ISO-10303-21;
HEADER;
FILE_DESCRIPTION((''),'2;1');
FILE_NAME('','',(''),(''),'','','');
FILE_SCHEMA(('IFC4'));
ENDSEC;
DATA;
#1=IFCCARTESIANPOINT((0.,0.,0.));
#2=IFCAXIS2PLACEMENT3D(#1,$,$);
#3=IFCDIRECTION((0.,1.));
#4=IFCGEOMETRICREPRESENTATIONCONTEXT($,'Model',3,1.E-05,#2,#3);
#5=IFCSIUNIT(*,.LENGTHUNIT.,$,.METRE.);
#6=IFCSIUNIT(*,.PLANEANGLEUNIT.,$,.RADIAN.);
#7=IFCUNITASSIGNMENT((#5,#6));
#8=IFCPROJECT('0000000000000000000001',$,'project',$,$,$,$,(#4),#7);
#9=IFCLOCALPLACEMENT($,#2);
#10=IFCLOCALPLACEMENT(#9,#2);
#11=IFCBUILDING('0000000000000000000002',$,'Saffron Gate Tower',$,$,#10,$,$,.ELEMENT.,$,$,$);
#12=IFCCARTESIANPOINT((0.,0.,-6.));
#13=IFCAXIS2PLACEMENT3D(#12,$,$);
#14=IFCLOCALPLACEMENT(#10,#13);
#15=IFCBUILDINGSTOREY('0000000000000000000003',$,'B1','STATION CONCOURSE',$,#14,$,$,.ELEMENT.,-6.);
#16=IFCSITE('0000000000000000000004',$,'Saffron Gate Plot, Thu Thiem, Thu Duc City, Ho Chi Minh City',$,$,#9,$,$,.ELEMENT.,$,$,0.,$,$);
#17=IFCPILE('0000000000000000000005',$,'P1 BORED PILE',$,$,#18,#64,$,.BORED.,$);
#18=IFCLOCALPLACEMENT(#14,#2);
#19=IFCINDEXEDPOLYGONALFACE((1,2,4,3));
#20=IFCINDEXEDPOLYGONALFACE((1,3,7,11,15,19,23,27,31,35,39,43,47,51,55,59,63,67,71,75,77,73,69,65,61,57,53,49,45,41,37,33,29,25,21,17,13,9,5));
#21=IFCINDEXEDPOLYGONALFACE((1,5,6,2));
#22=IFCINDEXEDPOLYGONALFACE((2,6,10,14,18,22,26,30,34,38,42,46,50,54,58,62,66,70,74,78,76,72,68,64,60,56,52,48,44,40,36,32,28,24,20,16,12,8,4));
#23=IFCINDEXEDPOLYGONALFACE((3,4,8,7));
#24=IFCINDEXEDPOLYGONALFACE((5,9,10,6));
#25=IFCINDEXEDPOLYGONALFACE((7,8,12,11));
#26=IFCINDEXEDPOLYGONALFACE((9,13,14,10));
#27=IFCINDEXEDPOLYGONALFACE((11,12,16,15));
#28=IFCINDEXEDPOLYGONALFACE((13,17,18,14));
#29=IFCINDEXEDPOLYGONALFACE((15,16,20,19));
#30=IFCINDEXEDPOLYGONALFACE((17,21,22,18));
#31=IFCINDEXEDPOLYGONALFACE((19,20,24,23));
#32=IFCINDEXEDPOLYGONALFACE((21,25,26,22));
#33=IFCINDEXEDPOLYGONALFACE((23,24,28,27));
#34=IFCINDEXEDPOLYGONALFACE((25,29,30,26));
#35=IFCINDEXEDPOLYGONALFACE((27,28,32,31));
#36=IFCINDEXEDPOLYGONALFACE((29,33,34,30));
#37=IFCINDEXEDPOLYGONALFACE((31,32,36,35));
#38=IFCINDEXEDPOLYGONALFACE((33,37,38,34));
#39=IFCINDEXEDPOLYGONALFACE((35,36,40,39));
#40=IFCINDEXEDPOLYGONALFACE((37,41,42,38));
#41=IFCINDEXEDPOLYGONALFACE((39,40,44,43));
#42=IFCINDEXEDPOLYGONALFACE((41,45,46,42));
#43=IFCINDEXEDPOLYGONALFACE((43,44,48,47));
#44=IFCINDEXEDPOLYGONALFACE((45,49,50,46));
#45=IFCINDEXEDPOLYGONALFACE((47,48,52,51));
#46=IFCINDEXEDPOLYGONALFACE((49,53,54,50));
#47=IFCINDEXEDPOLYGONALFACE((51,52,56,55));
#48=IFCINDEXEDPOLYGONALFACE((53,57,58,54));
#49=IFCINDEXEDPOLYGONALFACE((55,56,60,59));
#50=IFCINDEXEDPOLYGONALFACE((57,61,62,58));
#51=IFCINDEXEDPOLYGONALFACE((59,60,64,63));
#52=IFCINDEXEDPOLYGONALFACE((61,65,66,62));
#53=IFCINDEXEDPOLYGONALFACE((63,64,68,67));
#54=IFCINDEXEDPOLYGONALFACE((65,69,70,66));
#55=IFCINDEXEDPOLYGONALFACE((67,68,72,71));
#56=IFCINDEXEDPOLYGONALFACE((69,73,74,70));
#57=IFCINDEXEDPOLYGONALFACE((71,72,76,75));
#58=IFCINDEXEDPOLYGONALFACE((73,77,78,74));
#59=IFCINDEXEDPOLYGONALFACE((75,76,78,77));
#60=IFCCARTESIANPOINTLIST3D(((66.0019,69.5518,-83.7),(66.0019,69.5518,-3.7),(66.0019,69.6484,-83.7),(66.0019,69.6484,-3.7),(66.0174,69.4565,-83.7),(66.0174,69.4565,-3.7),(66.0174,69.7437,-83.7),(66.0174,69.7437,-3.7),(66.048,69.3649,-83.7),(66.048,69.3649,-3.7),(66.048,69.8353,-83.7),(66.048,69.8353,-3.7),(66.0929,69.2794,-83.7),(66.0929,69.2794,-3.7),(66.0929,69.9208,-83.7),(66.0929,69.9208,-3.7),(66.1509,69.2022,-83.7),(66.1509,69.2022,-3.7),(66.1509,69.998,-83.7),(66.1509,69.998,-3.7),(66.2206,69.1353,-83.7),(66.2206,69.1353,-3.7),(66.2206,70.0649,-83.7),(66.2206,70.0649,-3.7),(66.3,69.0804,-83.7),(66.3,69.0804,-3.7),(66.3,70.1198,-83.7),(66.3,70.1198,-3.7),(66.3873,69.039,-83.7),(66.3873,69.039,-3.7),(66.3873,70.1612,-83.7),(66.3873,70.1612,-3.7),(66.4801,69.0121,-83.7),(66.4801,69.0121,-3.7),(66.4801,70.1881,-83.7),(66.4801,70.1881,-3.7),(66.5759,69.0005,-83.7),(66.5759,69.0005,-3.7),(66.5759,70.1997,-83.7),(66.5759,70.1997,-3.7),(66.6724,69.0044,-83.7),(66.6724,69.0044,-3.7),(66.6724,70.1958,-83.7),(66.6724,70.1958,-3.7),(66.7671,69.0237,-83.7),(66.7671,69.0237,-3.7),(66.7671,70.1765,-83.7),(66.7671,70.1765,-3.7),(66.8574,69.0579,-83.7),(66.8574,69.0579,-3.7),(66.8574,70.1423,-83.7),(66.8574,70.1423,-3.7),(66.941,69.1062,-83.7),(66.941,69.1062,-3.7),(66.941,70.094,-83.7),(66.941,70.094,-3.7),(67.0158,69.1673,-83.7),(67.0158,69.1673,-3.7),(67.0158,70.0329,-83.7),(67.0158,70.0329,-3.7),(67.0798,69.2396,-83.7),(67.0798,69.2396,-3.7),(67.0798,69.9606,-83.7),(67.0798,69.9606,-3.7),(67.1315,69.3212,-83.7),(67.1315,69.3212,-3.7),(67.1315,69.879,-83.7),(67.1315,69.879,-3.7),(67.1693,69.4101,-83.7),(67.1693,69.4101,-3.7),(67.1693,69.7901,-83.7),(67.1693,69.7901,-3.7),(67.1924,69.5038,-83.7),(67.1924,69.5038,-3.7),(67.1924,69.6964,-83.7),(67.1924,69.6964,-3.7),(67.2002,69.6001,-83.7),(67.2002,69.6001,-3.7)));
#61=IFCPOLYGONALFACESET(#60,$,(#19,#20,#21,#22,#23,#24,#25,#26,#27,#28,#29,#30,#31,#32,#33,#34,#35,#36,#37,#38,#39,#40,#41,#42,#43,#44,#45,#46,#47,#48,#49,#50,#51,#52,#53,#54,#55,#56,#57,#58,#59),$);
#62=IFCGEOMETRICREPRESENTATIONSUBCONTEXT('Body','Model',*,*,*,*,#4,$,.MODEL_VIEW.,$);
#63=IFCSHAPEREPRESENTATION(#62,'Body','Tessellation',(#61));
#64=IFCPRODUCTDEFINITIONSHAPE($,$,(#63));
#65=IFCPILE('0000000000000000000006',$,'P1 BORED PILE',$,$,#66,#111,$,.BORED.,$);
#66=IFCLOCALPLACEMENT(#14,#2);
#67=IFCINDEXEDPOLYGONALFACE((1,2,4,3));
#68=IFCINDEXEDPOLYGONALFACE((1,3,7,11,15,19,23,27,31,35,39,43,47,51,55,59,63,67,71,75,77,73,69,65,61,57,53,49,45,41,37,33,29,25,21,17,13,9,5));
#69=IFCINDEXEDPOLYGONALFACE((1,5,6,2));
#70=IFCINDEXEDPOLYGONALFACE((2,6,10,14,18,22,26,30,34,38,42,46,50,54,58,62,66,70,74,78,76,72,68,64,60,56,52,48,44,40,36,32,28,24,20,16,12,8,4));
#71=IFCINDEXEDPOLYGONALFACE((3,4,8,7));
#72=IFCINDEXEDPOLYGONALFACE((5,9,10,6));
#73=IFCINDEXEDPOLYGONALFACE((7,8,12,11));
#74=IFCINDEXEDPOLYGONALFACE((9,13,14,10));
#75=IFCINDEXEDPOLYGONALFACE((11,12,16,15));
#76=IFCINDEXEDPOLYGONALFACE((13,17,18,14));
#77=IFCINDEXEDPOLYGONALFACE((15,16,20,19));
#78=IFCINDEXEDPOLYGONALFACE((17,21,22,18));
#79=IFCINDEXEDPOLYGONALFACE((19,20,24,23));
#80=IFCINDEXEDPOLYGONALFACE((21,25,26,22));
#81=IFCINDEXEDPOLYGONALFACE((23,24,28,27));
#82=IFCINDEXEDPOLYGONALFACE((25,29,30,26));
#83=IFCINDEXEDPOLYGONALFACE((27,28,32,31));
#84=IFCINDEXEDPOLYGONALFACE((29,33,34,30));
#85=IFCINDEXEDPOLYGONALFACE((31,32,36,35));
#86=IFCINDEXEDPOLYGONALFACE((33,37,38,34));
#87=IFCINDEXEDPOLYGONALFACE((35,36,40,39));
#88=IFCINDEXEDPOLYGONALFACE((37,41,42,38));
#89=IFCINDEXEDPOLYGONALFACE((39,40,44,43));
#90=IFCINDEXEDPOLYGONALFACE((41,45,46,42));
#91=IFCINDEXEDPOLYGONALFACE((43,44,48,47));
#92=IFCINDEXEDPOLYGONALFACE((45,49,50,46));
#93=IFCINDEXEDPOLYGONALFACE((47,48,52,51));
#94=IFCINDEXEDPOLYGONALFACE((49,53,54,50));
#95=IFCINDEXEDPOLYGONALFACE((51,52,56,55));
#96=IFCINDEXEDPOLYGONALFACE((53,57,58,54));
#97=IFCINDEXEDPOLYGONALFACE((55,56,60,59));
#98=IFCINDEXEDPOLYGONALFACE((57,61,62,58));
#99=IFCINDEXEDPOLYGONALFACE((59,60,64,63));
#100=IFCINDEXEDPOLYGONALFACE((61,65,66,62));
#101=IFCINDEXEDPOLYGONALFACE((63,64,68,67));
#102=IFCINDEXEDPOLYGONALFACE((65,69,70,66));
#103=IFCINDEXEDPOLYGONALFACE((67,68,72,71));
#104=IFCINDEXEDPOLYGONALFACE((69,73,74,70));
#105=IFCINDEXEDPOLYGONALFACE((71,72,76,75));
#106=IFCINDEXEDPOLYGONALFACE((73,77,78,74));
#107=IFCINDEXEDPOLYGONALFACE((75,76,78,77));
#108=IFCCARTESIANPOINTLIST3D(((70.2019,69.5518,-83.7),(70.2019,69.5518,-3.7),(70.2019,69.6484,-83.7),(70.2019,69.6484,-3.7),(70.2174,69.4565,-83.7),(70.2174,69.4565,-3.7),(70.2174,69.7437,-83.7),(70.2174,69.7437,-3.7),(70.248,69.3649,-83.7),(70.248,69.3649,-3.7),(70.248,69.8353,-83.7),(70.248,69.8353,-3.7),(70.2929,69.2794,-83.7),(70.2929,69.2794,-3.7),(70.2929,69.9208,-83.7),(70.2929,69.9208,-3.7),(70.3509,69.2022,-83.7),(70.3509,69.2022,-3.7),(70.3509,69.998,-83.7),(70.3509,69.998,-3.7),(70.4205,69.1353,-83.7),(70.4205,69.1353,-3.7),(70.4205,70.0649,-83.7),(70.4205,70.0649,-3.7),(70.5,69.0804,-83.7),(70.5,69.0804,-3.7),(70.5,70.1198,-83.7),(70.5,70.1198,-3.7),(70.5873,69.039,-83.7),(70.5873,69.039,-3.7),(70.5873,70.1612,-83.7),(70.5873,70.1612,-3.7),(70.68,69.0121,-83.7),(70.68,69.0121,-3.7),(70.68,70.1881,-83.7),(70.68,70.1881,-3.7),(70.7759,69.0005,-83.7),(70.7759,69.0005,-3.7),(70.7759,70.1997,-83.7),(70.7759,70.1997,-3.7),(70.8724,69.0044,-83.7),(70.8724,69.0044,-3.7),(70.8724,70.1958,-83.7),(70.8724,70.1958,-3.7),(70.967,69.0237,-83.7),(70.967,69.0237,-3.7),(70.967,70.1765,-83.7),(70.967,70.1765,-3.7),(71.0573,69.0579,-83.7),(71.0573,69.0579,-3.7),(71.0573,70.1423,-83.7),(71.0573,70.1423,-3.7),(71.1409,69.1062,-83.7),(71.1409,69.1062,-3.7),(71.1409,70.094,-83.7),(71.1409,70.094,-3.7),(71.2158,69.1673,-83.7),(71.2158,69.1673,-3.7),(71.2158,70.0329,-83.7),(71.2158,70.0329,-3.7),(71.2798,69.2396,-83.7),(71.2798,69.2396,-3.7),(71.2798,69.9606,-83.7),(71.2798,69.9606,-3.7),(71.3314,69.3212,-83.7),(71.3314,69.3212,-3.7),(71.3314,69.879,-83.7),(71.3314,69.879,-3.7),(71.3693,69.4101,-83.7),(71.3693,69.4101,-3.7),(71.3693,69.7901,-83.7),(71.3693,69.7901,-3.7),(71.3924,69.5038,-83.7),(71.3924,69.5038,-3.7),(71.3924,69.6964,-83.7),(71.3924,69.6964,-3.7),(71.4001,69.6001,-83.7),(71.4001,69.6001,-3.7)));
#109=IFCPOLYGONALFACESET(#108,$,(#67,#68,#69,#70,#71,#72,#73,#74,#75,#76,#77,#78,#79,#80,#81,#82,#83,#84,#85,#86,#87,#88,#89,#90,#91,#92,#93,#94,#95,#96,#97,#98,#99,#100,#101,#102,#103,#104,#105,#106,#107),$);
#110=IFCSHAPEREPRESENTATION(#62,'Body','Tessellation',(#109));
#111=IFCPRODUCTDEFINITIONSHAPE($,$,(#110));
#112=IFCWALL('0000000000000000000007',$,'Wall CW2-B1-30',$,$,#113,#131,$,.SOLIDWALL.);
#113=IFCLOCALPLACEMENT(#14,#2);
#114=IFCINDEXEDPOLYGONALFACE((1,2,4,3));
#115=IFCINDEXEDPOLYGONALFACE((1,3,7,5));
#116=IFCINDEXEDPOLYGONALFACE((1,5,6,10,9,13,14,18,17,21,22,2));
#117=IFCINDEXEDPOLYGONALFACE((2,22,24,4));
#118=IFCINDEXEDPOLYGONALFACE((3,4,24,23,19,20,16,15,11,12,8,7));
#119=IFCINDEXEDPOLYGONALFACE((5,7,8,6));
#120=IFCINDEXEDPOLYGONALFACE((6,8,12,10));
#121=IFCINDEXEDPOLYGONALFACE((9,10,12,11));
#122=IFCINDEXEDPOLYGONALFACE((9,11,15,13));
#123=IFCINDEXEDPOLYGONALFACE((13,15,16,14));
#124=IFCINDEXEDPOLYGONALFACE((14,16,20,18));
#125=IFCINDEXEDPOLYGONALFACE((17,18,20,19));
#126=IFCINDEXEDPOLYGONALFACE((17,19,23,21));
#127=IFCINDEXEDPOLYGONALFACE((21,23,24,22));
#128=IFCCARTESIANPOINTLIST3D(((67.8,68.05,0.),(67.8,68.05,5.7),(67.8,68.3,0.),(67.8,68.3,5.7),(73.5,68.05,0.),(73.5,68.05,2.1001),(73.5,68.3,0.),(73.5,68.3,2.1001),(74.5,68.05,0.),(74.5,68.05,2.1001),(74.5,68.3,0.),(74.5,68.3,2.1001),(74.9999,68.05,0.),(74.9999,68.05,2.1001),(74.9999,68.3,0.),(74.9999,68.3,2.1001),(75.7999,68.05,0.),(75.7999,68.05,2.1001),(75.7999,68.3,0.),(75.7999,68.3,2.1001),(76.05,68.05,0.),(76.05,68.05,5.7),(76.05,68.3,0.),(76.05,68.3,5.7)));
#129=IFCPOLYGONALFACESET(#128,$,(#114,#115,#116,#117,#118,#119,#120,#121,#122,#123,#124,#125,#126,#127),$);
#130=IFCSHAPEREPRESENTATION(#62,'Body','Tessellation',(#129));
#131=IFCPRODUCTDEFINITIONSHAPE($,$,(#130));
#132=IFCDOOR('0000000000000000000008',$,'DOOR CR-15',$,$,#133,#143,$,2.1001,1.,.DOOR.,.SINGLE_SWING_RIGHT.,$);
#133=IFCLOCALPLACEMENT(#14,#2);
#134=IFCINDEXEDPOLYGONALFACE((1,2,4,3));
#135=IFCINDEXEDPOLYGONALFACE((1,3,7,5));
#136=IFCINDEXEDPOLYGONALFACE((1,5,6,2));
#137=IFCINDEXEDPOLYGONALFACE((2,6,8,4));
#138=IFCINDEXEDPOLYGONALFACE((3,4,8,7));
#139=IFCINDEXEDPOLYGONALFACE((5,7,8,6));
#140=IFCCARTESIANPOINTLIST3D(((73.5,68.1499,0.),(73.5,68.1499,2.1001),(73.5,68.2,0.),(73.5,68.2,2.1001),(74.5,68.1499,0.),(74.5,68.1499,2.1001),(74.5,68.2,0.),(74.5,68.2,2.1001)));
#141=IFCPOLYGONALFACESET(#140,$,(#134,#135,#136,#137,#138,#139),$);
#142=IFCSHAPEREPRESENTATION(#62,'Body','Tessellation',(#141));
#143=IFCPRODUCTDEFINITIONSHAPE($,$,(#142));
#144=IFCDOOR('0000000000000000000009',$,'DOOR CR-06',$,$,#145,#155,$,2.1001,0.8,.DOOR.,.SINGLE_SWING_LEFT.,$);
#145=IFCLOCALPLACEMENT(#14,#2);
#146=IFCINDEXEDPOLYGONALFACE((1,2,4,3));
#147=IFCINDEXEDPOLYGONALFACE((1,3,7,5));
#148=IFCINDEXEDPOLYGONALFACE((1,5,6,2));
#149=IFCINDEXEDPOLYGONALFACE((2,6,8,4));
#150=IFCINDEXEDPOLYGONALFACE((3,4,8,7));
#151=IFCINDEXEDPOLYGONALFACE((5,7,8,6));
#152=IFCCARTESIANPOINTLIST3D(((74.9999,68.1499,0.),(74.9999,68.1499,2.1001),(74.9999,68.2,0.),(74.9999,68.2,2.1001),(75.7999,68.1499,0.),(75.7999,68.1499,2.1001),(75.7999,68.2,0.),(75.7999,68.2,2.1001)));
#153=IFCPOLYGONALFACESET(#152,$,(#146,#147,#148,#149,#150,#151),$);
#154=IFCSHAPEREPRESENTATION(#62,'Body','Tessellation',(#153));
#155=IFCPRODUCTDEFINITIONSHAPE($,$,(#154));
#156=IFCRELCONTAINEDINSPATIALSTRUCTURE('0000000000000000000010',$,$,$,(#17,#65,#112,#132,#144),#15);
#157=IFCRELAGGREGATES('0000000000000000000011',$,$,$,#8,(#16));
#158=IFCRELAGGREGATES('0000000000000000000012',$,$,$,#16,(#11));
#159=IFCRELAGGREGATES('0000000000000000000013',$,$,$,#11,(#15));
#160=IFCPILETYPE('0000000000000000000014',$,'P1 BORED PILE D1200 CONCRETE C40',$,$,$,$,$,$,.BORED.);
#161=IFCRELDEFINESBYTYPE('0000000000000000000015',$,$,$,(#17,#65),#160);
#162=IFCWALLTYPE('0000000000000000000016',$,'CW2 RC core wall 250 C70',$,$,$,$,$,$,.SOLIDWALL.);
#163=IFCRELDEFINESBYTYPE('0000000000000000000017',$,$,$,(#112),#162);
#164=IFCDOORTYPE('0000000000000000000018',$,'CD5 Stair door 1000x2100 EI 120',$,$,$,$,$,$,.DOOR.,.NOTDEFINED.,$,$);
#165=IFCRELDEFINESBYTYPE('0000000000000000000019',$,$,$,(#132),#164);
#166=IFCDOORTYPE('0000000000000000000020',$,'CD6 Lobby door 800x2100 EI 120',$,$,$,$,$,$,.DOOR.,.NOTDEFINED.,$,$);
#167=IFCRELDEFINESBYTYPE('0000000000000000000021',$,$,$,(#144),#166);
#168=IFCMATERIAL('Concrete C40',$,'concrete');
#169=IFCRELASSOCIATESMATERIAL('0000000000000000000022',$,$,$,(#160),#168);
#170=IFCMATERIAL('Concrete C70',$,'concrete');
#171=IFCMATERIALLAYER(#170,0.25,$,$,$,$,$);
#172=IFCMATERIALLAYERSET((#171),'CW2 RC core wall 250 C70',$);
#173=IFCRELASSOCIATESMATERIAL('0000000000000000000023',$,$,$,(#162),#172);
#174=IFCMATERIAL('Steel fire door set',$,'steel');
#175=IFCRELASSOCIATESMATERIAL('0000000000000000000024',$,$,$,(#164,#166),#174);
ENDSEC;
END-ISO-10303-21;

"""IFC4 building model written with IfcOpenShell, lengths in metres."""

from ifc_helpers import new_model, si_unit, direction, frame, frame_2d, origin, origin_2d, place, context, subcontext, project, spatial, rectangle, circle, extrude, material, layer, layer_set, material_profile, profile_set, type_object, element, fill, save


model = new_model("IFC4")

# Units and contexts
model_context = context("Model", 3, precision=1e-05, world=origin(), true_north=direction((0.0, 1.0)))
body_context = subcontext(model_context, "Body", "Model", "MODEL_VIEW")
ifc_project = project(units=[si_unit("LENGTHUNIT", "METRE"), si_unit("PLANEANGLEUNIT", "RADIAN")], contexts=[model_context])

# Site, building, storey
site_placement = place(None, origin())
site = spatial("IfcSite", under=ifc_project, at=site_placement, Name="Saffron Gate Plot, Thu Thiem, Thu Duc City, Ho Chi Minh City", CompositionType="ELEMENT", RefElevation=0.0)
building_placement = place(site_placement, origin())
building = spatial("IfcBuilding", under=site, at=building_placement, Name="Saffron Gate Tower", CompositionType="ELEMENT")
storey_placement = place(building_placement, frame((0.0, 0.0, -6.0)))
storey = spatial("IfcBuildingStorey", under=building, at=storey_placement, Name="B1", Description="STATION CONCOURSE", CompositionType="ELEMENT", Elevation=-6.0)

# Piles
ifc_material_1 = material(Name="Concrete C40", Category="concrete")
ifc_material_profile = material_profile(ifc_material_1, circle(Radius=0.6001, at=origin_2d()))
ifc_profile_set = profile_set([ifc_material_profile], Name="Concrete C40")
pile_type = type_object("IfcPileType", Name="P1 BORED PILE D1200 CONCRETE C40", PredefinedType="BORED", material=ifc_profile_set)
for number, where, z_axis, x_axis, name in (
    (1, (66.6001, 69.6001, -3.7), (0.0, 0.0, -1.0), (1.0, 0.0, 0.0), "P1 BORED PILE"),
    (2, (70.8, 69.6001, -3.7), (0.0, 0.0, -1.0), (1.0, 0.0, 0.0), "P1 BORED PILE"),
):
    element("IfcPile", number, at=place(storey_placement, frame(where, z_axis=z_axis, x_axis=x_axis)), inside=storey, type_object=pile_type, Name=name, PredefinedType="BORED", context=body_context, shape_type="SweptSolid", body=[
        extrude(circle(Radius=0.6001, at=origin_2d()), origin(), (0.0, 0.0, 1.0), 80.0),
    ])

# Wall, openings, doors
ifc_material_2 = material(Name="Concrete C70", Category="concrete")
ifc_layer_1 = layer(ifc_material_2, 0.25)
ifc_layer_set_1 = layer_set([ifc_layer_1], Name="CW2 RC core wall 250 C70")
wall_type_1 = type_object("IfcWallType", Name="CW2 RC core wall 250 C70", PredefinedType="SOLIDWALL", material=ifc_layer_set_1)
wall_1_placement = place(storey_placement, frame((67.8, 68.175, 0.0), z_axis=(0.0, 0.0, 1.0), x_axis=(1.0, 0.0, 0.0)))
wall_1 = element("IfcWall", 3, at=wall_1_placement, inside=storey, type_object=wall_type_1, Name="Wall CW2-B1-30", PredefinedType="SOLIDWALL", context=body_context, shape_type="SweptSolid", body=[
    extrude(rectangle(XDim=8.25, YDim=0.25, at=frame_2d((4.125, 0.0))), origin(), (0.0, 0.0, 1.0), 5.7),
])
opening_1_placement = place(wall_1_placement, frame((5.7, 0.0, 0.0)))
opening_1 = element("IfcOpeningElement", 4, at=opening_1_placement, cuts=wall_1, PredefinedType="OPENING", context=body_context, shape_type="SweptSolid", body=[
    extrude(rectangle(XDim=1.0, YDim=2.1001, at=frame_2d((0.5, 1.05))), frame((0.0, 0.135, 0.0), z_axis=(0.0, -1.0, 0.0), x_axis=(1.0, 0.0, 0.0)), (0.0, 0.0, 1.0), 0.27),
])
opening_2_placement = place(wall_1_placement, frame((7.2, 0.0, 0.0)))
opening_2 = element("IfcOpeningElement", 5, at=opening_2_placement, cuts=wall_1, PredefinedType="OPENING", context=body_context, shape_type="SweptSolid", body=[
    extrude(rectangle(XDim=0.8, YDim=2.1001, at=frame_2d((0.3999, 1.05))), frame((0.0, 0.135, 0.0), z_axis=(0.0, -1.0, 0.0), x_axis=(1.0, 0.0, 0.0)), (0.0, 0.0, 1.0), 0.27),
])
ifc_material_3 = material(Name="Steel fire door set", Category="steel")
door_type_1 = type_object("IfcDoorType", Name="CD5 Stair door 1000x2100 EI 120", OperationType="NOTDEFINED", PredefinedType="DOOR", material=ifc_material_3)
door_1_placement = place(opening_1_placement, origin())
door_1 = element("IfcDoor", 6, at=door_1_placement, inside=storey, type_object=door_type_1, Name="DOOR CR-15", OperationType="SINGLE_SWING_RIGHT", OverallHeight=2.1001, OverallWidth=1.0, PredefinedType="DOOR", context=body_context, shape_type="SweptSolid", body=[
    extrude(rectangle(XDim=1.0, YDim=2.1001, at=frame_2d((0.5, 1.05))), frame((0.0, 0.0249, 0.0), z_axis=(0.0, -1.0, 0.0), x_axis=(1.0, 0.0, 0.0)), (0.0, 0.0, 1.0), 0.05),
])
fill(opening_1, door_1)
door_type_2 = type_object("IfcDoorType", Name="CD6 Lobby door 800x2100 EI 120", OperationType="NOTDEFINED", PredefinedType="DOOR", material=ifc_material_3)
door_2_placement = place(opening_2_placement, origin())
door_2 = element("IfcDoor", 7, at=door_2_placement, inside=storey, type_object=door_type_2, Name="DOOR CR-06", OperationType="SINGLE_SWING_LEFT", OverallHeight=2.1001, OverallWidth=0.8, PredefinedType="DOOR", context=body_context, shape_type="SweptSolid", body=[
    extrude(rectangle(XDim=0.8, YDim=2.1001, at=frame_2d((0.3999, 1.05))), frame((0.0, 0.0249, 0.0), z_axis=(0.0, -1.0, 0.0), x_axis=(1.0, 0.0, 0.0)), (0.0, 0.0, 1.0), 0.05),
])
fill(opening_2, door_2)

save(model, "model.ifc")
